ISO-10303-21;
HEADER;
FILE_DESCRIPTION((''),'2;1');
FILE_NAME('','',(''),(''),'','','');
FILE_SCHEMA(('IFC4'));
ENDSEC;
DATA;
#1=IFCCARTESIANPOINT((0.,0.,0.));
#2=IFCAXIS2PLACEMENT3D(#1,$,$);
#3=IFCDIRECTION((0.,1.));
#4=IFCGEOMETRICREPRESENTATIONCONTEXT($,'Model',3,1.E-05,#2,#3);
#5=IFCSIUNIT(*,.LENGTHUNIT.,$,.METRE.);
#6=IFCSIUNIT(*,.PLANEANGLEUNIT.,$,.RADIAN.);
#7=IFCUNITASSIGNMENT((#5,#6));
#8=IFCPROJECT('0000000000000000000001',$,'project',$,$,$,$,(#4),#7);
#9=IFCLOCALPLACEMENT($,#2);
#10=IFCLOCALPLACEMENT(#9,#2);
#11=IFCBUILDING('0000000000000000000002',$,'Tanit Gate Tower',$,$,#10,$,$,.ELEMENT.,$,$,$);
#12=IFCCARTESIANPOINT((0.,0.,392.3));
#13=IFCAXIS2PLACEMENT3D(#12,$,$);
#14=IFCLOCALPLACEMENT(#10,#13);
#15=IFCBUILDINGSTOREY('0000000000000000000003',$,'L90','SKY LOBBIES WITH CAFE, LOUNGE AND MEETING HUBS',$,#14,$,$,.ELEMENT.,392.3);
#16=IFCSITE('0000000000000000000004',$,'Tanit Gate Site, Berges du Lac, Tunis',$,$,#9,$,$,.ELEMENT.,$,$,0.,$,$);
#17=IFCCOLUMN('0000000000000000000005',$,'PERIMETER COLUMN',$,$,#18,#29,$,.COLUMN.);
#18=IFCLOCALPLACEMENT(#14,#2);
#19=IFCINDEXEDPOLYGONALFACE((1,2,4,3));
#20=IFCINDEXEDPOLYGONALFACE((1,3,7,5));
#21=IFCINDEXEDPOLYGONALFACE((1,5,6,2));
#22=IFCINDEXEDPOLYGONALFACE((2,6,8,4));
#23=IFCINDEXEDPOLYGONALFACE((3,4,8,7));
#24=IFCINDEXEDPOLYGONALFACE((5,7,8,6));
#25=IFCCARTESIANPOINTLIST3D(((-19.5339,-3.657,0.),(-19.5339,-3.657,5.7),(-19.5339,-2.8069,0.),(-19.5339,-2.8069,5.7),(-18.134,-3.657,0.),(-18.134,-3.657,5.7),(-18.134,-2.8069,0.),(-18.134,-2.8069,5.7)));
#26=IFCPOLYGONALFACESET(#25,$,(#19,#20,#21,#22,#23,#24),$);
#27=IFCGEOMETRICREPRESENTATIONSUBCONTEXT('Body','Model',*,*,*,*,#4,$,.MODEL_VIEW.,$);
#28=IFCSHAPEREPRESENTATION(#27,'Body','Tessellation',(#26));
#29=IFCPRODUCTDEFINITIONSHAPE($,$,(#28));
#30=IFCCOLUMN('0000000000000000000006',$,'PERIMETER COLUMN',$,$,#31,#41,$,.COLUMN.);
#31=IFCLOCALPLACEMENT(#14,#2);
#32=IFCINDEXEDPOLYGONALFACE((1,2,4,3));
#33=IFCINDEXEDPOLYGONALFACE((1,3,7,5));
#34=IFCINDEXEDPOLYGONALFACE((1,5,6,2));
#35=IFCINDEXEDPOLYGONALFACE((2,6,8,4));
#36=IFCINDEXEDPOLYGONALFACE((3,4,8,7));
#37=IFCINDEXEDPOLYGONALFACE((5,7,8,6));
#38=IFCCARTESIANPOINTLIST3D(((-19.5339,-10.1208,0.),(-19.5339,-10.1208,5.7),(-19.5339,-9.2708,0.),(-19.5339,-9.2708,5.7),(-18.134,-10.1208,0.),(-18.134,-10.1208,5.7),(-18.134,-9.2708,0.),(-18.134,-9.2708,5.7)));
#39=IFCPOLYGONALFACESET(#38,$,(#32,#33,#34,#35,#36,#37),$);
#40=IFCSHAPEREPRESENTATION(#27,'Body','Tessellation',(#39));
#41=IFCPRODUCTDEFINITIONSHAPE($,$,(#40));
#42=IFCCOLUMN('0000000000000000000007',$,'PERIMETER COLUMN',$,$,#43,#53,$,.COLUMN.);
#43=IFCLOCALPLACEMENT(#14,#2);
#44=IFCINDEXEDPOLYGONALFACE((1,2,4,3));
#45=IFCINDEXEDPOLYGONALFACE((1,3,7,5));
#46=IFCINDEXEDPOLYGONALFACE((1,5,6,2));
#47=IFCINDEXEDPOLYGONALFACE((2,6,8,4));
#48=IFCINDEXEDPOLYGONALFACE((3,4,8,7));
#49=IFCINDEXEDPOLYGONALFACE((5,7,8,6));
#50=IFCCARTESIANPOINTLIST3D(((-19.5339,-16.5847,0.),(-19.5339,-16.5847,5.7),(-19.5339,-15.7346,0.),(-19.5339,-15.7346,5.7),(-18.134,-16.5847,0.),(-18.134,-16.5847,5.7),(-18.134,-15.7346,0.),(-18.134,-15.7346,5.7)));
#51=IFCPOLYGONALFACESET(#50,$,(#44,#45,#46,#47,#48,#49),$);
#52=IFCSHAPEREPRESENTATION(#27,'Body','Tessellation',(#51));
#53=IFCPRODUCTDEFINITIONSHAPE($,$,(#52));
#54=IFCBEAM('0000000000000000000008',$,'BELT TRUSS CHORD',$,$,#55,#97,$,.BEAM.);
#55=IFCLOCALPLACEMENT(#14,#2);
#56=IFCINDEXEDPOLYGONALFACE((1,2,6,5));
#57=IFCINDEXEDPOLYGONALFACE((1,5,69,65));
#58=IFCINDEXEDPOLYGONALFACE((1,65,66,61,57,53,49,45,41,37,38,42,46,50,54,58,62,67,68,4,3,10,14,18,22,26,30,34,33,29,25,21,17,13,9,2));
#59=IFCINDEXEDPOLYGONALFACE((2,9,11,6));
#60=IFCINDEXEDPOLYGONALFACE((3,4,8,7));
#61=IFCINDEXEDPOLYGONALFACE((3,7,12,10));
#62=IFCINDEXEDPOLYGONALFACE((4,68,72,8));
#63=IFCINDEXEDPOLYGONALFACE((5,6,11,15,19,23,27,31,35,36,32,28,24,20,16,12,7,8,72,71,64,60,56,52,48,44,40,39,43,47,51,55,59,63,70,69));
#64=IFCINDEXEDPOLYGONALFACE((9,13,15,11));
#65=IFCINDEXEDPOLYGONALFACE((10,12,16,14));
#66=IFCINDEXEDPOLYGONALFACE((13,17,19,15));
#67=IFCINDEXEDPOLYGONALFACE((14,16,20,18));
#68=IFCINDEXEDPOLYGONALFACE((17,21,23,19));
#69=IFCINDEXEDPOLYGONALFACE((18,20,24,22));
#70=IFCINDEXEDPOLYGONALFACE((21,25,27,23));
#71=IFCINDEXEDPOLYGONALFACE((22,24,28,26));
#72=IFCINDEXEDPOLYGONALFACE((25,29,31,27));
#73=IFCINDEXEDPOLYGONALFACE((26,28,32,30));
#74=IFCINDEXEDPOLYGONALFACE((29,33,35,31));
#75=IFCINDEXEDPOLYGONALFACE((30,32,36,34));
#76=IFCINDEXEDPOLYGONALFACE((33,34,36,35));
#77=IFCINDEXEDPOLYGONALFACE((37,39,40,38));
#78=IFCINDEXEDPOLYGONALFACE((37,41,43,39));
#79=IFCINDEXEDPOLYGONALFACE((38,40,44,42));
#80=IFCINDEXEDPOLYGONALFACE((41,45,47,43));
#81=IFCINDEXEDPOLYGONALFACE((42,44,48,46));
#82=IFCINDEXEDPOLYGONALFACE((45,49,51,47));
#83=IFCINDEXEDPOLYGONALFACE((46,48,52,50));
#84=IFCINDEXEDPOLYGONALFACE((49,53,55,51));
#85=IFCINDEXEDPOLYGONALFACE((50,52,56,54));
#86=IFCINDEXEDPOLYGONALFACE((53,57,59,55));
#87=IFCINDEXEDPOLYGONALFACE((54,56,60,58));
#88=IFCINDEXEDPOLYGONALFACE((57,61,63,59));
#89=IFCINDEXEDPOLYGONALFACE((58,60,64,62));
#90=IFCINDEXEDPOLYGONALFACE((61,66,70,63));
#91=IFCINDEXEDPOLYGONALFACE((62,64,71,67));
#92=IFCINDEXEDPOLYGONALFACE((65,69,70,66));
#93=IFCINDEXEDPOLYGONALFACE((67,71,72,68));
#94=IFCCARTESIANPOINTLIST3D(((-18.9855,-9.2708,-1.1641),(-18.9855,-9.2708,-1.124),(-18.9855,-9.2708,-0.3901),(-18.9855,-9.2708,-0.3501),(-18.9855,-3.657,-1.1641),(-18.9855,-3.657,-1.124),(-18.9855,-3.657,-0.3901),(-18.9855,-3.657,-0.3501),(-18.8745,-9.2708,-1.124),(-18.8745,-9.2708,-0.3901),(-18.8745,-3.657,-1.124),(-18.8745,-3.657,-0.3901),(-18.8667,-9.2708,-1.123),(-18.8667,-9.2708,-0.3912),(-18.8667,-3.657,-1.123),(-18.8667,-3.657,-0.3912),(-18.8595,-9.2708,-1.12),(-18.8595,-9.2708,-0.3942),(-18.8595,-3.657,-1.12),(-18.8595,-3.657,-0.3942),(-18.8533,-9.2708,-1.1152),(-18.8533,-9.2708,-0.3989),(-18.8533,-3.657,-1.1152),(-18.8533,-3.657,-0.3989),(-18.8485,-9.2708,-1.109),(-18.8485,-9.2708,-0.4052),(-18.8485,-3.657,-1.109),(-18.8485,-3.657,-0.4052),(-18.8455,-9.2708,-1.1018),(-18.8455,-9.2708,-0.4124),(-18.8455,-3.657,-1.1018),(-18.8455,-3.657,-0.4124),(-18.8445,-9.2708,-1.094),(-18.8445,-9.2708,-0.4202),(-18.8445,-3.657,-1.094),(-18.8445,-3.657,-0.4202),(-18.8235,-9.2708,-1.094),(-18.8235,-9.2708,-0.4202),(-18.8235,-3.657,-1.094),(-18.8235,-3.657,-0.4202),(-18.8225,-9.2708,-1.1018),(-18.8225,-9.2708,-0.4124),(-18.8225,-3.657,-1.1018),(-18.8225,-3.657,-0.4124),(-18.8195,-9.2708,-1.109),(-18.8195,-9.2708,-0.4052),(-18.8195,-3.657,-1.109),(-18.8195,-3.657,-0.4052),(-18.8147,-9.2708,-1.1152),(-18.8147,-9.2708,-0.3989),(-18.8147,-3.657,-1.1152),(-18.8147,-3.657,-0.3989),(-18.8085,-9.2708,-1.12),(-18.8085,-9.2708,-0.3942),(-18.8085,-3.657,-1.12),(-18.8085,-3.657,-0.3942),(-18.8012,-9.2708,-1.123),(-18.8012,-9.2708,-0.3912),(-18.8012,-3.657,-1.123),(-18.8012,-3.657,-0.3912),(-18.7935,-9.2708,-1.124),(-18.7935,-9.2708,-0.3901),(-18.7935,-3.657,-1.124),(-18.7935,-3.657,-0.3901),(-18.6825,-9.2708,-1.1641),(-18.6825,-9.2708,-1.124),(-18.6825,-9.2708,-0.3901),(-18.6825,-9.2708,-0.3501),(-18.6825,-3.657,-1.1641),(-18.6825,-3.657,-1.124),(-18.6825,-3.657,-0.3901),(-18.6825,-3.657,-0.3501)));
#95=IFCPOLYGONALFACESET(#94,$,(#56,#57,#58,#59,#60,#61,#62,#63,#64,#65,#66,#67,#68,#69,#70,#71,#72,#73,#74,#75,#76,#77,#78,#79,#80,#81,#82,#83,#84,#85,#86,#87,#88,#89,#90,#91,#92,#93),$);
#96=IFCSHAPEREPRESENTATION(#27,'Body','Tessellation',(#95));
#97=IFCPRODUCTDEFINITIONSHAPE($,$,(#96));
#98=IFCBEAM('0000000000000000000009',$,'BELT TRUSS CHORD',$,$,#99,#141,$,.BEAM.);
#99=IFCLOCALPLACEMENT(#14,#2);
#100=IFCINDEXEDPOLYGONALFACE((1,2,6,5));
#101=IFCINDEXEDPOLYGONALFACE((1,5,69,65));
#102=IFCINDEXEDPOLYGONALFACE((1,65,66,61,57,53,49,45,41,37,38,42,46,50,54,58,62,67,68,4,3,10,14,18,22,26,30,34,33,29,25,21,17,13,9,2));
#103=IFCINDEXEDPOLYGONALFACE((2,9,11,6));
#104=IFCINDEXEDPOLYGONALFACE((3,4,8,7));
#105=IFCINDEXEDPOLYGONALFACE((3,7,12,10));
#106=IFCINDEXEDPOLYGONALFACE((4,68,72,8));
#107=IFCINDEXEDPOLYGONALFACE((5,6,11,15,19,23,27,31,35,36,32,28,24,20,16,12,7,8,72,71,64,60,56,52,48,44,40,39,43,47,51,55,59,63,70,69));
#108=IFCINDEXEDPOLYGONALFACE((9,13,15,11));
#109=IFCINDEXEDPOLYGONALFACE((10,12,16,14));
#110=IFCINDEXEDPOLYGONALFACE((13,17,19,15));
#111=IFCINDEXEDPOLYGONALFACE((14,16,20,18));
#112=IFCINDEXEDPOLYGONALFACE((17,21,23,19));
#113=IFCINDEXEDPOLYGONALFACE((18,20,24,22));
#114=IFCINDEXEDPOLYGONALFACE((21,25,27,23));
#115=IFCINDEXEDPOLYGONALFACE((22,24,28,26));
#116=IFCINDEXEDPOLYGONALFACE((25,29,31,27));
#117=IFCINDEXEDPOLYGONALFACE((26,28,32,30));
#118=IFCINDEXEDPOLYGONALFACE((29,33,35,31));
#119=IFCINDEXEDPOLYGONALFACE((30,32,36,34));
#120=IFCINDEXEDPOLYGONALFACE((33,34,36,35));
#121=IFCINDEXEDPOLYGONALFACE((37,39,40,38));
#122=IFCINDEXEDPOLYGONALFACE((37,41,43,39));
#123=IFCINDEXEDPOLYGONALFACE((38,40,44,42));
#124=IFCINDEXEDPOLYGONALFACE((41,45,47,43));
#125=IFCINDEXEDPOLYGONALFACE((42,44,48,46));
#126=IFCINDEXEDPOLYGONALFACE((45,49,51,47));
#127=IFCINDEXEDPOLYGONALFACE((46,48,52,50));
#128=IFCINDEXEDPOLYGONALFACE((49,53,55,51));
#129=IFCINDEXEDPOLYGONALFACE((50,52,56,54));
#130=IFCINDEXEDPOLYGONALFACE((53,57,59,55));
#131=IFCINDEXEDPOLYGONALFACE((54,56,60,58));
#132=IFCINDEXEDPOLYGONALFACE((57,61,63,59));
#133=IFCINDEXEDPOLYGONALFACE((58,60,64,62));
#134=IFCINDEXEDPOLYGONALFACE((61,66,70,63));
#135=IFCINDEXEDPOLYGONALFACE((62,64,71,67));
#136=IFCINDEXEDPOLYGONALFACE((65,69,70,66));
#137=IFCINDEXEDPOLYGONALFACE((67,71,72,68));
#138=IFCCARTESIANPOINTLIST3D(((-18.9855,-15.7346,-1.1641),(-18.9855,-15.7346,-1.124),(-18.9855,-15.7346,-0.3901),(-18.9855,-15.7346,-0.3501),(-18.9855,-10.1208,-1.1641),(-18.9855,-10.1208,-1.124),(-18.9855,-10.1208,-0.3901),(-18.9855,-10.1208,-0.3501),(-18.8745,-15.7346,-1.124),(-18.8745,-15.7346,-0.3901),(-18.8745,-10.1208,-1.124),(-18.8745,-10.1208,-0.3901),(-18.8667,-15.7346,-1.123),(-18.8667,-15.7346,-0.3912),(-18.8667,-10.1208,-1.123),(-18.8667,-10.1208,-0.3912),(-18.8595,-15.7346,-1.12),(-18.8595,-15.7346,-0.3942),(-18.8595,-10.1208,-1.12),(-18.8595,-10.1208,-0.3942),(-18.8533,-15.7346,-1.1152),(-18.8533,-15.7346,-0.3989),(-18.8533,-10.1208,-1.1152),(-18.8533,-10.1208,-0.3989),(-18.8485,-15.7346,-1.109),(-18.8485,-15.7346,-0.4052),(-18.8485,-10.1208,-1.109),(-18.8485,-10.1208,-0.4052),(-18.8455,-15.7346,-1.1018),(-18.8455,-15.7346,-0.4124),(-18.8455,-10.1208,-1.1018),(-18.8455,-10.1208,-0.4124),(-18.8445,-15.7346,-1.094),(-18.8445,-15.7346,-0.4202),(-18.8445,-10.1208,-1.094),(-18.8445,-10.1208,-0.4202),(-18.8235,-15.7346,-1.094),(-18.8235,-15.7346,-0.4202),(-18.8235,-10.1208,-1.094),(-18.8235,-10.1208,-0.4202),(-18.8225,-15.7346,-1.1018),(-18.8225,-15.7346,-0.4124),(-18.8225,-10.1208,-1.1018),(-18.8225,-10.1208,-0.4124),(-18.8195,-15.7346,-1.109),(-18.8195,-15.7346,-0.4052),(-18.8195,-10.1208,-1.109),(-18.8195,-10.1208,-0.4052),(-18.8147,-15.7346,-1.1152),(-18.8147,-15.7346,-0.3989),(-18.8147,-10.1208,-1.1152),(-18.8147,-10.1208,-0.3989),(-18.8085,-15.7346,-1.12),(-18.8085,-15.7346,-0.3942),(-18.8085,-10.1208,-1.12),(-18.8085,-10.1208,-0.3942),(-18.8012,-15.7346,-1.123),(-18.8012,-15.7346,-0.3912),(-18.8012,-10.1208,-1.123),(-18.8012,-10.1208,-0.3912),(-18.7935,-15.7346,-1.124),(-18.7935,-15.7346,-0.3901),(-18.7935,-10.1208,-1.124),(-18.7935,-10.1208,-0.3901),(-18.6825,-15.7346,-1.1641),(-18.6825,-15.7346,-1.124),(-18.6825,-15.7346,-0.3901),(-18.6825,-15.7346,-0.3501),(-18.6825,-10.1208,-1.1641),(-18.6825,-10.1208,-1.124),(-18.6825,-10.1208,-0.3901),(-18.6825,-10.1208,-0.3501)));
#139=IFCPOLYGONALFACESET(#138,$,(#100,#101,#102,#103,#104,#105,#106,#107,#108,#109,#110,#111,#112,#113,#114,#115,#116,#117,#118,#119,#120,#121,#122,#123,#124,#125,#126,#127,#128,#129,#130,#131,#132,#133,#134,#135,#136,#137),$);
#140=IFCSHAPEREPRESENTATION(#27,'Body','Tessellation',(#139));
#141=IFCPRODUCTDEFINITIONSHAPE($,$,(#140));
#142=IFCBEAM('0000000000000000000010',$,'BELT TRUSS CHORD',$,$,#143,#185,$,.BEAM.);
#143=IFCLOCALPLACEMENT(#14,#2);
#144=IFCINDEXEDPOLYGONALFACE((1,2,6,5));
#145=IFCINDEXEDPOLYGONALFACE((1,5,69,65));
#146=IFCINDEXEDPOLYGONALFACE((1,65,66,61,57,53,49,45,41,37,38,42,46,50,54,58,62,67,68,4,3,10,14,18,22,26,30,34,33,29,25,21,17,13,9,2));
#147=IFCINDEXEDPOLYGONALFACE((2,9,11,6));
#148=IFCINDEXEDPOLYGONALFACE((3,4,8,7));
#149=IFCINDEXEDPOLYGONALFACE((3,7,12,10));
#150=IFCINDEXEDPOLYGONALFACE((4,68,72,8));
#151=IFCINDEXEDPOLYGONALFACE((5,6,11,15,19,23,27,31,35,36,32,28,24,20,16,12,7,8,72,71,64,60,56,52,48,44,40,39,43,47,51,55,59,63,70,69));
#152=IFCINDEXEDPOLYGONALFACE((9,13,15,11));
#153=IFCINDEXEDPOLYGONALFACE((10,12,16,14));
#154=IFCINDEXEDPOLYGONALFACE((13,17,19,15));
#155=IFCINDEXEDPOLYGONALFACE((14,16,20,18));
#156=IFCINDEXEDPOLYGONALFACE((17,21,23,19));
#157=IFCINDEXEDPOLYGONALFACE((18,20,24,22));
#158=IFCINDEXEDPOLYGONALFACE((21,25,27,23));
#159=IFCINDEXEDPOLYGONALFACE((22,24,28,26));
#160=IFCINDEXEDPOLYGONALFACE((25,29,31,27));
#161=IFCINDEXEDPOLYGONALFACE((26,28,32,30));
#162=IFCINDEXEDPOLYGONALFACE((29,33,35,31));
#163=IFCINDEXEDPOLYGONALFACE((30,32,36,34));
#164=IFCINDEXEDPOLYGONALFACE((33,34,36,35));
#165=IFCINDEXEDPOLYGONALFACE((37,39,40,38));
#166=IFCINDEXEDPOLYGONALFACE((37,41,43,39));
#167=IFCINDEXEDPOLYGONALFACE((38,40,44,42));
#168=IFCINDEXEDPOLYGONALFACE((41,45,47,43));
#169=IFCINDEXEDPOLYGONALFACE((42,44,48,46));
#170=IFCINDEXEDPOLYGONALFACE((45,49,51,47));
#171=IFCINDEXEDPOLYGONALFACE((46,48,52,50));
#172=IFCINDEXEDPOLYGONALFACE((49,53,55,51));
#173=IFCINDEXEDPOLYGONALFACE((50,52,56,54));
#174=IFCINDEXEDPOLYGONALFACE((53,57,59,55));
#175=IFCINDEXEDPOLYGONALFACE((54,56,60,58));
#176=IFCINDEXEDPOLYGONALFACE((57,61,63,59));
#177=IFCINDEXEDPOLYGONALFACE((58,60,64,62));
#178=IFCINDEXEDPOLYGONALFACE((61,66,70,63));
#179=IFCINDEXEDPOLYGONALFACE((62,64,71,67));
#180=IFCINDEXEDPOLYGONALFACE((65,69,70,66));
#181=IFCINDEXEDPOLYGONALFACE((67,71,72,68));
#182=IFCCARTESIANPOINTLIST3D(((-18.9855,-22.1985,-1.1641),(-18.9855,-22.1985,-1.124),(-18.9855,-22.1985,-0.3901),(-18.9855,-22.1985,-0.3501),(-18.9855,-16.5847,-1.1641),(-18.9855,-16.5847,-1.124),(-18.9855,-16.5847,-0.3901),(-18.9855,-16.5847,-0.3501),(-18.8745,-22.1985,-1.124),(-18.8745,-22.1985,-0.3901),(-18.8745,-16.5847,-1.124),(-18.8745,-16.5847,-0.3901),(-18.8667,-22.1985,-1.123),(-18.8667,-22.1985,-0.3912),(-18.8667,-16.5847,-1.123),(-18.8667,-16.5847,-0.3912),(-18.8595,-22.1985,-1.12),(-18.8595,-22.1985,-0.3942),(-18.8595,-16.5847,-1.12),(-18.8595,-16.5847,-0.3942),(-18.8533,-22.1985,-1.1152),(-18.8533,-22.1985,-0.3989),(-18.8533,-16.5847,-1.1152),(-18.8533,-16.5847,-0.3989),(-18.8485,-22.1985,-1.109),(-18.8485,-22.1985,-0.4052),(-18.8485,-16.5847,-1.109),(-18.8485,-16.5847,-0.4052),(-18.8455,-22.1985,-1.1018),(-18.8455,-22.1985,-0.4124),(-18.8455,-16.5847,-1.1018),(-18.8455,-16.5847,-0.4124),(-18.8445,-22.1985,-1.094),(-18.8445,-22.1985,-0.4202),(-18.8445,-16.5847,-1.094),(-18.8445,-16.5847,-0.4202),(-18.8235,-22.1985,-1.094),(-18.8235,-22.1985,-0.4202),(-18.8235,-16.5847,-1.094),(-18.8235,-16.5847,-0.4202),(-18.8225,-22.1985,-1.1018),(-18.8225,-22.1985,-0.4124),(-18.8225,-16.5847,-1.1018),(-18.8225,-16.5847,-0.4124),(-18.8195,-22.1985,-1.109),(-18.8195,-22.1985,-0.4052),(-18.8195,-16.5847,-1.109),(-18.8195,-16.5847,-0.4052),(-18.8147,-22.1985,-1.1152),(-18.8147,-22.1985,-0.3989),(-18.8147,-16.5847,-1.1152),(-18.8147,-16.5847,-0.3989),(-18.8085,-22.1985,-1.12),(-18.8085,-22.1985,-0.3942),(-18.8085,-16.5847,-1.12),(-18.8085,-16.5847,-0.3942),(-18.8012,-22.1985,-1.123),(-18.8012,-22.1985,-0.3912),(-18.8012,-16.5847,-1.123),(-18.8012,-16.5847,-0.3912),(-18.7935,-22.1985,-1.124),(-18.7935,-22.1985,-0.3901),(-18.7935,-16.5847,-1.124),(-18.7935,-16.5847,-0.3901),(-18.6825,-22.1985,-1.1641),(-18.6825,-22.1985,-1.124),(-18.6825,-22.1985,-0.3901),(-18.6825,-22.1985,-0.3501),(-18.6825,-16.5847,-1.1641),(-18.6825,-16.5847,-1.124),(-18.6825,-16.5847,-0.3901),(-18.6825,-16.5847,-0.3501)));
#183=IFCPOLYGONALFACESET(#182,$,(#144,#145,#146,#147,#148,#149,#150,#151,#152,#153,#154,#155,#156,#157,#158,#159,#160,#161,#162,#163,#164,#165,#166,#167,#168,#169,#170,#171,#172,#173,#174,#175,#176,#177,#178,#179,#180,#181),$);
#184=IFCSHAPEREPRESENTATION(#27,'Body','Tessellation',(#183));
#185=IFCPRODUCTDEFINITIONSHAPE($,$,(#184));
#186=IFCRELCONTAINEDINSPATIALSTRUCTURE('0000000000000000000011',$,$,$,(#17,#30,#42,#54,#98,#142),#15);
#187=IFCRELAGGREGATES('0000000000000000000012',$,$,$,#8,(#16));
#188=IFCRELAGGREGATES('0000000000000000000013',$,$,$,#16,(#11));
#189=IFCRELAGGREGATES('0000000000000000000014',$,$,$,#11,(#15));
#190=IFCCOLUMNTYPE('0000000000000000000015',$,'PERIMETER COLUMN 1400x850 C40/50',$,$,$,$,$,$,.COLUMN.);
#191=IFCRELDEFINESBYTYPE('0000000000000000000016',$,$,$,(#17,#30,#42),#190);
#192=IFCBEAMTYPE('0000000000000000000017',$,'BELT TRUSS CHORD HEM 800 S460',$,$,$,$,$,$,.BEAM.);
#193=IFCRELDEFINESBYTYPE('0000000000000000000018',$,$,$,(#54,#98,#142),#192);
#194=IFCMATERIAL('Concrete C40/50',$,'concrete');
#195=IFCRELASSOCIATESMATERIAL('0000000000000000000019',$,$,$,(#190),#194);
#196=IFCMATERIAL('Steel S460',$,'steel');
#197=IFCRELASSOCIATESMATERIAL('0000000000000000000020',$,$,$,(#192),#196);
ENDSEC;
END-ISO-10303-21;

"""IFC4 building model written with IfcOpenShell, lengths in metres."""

from ifc_helpers import new_model, si_unit, direction, frame, origin, origin_2d, place, context, subcontext, project, spatial, rectangle, i_section, extrude, material, material_profile, profile_set, type_object, element, save


model = new_model("IFC4")

# Units and contexts
model_context = context("Model", 3, precision=1e-05, world=origin(), true_north=direction((0.0, 1.0)))
body_context = subcontext(model_context, "Body", "Model", "MODEL_VIEW")
ifc_project = project(units=[si_unit("LENGTHUNIT", "METRE"), si_unit("PLANEANGLEUNIT", "RADIAN")], contexts=[model_context])

# Site, building, storey
site_placement = place(None, origin())
site = spatial("IfcSite", under=ifc_project, at=site_placement, Name="Tanit Gate Site, Berges du Lac, Tunis", CompositionType="ELEMENT", RefElevation=0.0)
building_placement = place(site_placement, origin())
building = spatial("IfcBuilding", under=site, at=building_placement, Name="Tanit Gate Tower", CompositionType="ELEMENT")
storey_placement = place(building_placement, frame((0.0, 0.0, 392.3)))
storey = spatial("IfcBuildingStorey", under=building, at=storey_placement, Name="L90", Description="SKY LOBBIES WITH CAFE, LOUNGE AND MEETING HUBS", CompositionType="ELEMENT", Elevation=392.3)

# Columns
ifc_material_1 = material(Name="Concrete C40/50", Category="concrete")
ifc_material_profile_1 = material_profile(ifc_material_1, rectangle(XDim=1.3999, YDim=0.8501, at=origin_2d()), Name="RC 1400x850")
ifc_profile_set_1 = profile_set([ifc_material_profile_1], Name="Concrete C40/50")
column_type = type_object("IfcColumnType", Name="PERIMETER COLUMN 1400x850 C40/50", PredefinedType="COLUMN", material=ifc_profile_set_1)
for number, where, z_axis, x_axis, name in (
    (1, (-18.834, -3.2319, 0.0), (0.0, 0.0, 1.0), (-1.0, 0.0, 0.0), "PERIMETER COLUMN"),
    (2, (-18.834, -9.6958, 0.0), (0.0, 0.0, 1.0), (-1.0, 0.0, 0.0), "PERIMETER COLUMN"),
    (3, (-18.834, -16.1597, 0.0), (0.0, 0.0, 1.0), (-1.0, 0.0, 0.0), "PERIMETER COLUMN"),
):
    element("IfcColumn", number, at=place(storey_placement, frame(where, z_axis=z_axis, x_axis=x_axis)), inside=storey, type_object=column_type, Name=name, PredefinedType="COLUMN", context=body_context, shape_type="SweptSolid", body=[
        extrude(rectangle(XDim=1.3999, YDim=0.8501, at=origin_2d()), origin(), (0.0, 0.0, 1.0), 5.7),
    ])

# Beams
ifc_material_2 = material(Name="Steel S460", Category="steel")
ifc_material_profile_2 = material_profile(ifc_material_2, i_section(OverallWidth=0.303, OverallDepth=0.814, WebThickness=0.021, FlangeThickness=0.04, FilletRadius=0.03, at=origin_2d()), Name="HEM 800")
ifc_profile_set_2 = profile_set([ifc_material_profile_2], Name="Steel S460")
beam_type_1 = type_object("IfcBeamType", Name="BELT TRUSS CHORD HEM 800 S460", PredefinedType="BEAM", material=ifc_profile_set_2)
for number, where, z_axis, x_axis, name in (
    (4, (-18.834, -3.657, -0.7571), (0.0, -1.0, 0.0), (1.0, 0.0, 0.0), "BELT TRUSS CHORD"),
    (5, (-18.834, -10.1208, -0.7571), (0.0, -1.0, 0.0), (1.0, 0.0, 0.0), "BELT TRUSS CHORD"),
    (6, (-18.834, -16.5847, -0.7571), (0.0, -1.0, 0.0), (1.0, 0.0, 0.0), "BELT TRUSS CHORD"),
):
    element("IfcBeam", number, at=place(storey_placement, frame(where, z_axis=z_axis, x_axis=x_axis)), inside=storey, type_object=beam_type_1, Name=name, PredefinedType="BEAM", context=body_context, shape_type="SweptSolid", body=[
        extrude(i_section(OverallWidth=0.303, OverallDepth=0.814, WebThickness=0.021, FlangeThickness=0.04, FilletRadius=0.03, at=origin_2d()), origin(), (0.0, 0.0, 1.0), 5.6138),
    ])

save(model, "model.ifc")
